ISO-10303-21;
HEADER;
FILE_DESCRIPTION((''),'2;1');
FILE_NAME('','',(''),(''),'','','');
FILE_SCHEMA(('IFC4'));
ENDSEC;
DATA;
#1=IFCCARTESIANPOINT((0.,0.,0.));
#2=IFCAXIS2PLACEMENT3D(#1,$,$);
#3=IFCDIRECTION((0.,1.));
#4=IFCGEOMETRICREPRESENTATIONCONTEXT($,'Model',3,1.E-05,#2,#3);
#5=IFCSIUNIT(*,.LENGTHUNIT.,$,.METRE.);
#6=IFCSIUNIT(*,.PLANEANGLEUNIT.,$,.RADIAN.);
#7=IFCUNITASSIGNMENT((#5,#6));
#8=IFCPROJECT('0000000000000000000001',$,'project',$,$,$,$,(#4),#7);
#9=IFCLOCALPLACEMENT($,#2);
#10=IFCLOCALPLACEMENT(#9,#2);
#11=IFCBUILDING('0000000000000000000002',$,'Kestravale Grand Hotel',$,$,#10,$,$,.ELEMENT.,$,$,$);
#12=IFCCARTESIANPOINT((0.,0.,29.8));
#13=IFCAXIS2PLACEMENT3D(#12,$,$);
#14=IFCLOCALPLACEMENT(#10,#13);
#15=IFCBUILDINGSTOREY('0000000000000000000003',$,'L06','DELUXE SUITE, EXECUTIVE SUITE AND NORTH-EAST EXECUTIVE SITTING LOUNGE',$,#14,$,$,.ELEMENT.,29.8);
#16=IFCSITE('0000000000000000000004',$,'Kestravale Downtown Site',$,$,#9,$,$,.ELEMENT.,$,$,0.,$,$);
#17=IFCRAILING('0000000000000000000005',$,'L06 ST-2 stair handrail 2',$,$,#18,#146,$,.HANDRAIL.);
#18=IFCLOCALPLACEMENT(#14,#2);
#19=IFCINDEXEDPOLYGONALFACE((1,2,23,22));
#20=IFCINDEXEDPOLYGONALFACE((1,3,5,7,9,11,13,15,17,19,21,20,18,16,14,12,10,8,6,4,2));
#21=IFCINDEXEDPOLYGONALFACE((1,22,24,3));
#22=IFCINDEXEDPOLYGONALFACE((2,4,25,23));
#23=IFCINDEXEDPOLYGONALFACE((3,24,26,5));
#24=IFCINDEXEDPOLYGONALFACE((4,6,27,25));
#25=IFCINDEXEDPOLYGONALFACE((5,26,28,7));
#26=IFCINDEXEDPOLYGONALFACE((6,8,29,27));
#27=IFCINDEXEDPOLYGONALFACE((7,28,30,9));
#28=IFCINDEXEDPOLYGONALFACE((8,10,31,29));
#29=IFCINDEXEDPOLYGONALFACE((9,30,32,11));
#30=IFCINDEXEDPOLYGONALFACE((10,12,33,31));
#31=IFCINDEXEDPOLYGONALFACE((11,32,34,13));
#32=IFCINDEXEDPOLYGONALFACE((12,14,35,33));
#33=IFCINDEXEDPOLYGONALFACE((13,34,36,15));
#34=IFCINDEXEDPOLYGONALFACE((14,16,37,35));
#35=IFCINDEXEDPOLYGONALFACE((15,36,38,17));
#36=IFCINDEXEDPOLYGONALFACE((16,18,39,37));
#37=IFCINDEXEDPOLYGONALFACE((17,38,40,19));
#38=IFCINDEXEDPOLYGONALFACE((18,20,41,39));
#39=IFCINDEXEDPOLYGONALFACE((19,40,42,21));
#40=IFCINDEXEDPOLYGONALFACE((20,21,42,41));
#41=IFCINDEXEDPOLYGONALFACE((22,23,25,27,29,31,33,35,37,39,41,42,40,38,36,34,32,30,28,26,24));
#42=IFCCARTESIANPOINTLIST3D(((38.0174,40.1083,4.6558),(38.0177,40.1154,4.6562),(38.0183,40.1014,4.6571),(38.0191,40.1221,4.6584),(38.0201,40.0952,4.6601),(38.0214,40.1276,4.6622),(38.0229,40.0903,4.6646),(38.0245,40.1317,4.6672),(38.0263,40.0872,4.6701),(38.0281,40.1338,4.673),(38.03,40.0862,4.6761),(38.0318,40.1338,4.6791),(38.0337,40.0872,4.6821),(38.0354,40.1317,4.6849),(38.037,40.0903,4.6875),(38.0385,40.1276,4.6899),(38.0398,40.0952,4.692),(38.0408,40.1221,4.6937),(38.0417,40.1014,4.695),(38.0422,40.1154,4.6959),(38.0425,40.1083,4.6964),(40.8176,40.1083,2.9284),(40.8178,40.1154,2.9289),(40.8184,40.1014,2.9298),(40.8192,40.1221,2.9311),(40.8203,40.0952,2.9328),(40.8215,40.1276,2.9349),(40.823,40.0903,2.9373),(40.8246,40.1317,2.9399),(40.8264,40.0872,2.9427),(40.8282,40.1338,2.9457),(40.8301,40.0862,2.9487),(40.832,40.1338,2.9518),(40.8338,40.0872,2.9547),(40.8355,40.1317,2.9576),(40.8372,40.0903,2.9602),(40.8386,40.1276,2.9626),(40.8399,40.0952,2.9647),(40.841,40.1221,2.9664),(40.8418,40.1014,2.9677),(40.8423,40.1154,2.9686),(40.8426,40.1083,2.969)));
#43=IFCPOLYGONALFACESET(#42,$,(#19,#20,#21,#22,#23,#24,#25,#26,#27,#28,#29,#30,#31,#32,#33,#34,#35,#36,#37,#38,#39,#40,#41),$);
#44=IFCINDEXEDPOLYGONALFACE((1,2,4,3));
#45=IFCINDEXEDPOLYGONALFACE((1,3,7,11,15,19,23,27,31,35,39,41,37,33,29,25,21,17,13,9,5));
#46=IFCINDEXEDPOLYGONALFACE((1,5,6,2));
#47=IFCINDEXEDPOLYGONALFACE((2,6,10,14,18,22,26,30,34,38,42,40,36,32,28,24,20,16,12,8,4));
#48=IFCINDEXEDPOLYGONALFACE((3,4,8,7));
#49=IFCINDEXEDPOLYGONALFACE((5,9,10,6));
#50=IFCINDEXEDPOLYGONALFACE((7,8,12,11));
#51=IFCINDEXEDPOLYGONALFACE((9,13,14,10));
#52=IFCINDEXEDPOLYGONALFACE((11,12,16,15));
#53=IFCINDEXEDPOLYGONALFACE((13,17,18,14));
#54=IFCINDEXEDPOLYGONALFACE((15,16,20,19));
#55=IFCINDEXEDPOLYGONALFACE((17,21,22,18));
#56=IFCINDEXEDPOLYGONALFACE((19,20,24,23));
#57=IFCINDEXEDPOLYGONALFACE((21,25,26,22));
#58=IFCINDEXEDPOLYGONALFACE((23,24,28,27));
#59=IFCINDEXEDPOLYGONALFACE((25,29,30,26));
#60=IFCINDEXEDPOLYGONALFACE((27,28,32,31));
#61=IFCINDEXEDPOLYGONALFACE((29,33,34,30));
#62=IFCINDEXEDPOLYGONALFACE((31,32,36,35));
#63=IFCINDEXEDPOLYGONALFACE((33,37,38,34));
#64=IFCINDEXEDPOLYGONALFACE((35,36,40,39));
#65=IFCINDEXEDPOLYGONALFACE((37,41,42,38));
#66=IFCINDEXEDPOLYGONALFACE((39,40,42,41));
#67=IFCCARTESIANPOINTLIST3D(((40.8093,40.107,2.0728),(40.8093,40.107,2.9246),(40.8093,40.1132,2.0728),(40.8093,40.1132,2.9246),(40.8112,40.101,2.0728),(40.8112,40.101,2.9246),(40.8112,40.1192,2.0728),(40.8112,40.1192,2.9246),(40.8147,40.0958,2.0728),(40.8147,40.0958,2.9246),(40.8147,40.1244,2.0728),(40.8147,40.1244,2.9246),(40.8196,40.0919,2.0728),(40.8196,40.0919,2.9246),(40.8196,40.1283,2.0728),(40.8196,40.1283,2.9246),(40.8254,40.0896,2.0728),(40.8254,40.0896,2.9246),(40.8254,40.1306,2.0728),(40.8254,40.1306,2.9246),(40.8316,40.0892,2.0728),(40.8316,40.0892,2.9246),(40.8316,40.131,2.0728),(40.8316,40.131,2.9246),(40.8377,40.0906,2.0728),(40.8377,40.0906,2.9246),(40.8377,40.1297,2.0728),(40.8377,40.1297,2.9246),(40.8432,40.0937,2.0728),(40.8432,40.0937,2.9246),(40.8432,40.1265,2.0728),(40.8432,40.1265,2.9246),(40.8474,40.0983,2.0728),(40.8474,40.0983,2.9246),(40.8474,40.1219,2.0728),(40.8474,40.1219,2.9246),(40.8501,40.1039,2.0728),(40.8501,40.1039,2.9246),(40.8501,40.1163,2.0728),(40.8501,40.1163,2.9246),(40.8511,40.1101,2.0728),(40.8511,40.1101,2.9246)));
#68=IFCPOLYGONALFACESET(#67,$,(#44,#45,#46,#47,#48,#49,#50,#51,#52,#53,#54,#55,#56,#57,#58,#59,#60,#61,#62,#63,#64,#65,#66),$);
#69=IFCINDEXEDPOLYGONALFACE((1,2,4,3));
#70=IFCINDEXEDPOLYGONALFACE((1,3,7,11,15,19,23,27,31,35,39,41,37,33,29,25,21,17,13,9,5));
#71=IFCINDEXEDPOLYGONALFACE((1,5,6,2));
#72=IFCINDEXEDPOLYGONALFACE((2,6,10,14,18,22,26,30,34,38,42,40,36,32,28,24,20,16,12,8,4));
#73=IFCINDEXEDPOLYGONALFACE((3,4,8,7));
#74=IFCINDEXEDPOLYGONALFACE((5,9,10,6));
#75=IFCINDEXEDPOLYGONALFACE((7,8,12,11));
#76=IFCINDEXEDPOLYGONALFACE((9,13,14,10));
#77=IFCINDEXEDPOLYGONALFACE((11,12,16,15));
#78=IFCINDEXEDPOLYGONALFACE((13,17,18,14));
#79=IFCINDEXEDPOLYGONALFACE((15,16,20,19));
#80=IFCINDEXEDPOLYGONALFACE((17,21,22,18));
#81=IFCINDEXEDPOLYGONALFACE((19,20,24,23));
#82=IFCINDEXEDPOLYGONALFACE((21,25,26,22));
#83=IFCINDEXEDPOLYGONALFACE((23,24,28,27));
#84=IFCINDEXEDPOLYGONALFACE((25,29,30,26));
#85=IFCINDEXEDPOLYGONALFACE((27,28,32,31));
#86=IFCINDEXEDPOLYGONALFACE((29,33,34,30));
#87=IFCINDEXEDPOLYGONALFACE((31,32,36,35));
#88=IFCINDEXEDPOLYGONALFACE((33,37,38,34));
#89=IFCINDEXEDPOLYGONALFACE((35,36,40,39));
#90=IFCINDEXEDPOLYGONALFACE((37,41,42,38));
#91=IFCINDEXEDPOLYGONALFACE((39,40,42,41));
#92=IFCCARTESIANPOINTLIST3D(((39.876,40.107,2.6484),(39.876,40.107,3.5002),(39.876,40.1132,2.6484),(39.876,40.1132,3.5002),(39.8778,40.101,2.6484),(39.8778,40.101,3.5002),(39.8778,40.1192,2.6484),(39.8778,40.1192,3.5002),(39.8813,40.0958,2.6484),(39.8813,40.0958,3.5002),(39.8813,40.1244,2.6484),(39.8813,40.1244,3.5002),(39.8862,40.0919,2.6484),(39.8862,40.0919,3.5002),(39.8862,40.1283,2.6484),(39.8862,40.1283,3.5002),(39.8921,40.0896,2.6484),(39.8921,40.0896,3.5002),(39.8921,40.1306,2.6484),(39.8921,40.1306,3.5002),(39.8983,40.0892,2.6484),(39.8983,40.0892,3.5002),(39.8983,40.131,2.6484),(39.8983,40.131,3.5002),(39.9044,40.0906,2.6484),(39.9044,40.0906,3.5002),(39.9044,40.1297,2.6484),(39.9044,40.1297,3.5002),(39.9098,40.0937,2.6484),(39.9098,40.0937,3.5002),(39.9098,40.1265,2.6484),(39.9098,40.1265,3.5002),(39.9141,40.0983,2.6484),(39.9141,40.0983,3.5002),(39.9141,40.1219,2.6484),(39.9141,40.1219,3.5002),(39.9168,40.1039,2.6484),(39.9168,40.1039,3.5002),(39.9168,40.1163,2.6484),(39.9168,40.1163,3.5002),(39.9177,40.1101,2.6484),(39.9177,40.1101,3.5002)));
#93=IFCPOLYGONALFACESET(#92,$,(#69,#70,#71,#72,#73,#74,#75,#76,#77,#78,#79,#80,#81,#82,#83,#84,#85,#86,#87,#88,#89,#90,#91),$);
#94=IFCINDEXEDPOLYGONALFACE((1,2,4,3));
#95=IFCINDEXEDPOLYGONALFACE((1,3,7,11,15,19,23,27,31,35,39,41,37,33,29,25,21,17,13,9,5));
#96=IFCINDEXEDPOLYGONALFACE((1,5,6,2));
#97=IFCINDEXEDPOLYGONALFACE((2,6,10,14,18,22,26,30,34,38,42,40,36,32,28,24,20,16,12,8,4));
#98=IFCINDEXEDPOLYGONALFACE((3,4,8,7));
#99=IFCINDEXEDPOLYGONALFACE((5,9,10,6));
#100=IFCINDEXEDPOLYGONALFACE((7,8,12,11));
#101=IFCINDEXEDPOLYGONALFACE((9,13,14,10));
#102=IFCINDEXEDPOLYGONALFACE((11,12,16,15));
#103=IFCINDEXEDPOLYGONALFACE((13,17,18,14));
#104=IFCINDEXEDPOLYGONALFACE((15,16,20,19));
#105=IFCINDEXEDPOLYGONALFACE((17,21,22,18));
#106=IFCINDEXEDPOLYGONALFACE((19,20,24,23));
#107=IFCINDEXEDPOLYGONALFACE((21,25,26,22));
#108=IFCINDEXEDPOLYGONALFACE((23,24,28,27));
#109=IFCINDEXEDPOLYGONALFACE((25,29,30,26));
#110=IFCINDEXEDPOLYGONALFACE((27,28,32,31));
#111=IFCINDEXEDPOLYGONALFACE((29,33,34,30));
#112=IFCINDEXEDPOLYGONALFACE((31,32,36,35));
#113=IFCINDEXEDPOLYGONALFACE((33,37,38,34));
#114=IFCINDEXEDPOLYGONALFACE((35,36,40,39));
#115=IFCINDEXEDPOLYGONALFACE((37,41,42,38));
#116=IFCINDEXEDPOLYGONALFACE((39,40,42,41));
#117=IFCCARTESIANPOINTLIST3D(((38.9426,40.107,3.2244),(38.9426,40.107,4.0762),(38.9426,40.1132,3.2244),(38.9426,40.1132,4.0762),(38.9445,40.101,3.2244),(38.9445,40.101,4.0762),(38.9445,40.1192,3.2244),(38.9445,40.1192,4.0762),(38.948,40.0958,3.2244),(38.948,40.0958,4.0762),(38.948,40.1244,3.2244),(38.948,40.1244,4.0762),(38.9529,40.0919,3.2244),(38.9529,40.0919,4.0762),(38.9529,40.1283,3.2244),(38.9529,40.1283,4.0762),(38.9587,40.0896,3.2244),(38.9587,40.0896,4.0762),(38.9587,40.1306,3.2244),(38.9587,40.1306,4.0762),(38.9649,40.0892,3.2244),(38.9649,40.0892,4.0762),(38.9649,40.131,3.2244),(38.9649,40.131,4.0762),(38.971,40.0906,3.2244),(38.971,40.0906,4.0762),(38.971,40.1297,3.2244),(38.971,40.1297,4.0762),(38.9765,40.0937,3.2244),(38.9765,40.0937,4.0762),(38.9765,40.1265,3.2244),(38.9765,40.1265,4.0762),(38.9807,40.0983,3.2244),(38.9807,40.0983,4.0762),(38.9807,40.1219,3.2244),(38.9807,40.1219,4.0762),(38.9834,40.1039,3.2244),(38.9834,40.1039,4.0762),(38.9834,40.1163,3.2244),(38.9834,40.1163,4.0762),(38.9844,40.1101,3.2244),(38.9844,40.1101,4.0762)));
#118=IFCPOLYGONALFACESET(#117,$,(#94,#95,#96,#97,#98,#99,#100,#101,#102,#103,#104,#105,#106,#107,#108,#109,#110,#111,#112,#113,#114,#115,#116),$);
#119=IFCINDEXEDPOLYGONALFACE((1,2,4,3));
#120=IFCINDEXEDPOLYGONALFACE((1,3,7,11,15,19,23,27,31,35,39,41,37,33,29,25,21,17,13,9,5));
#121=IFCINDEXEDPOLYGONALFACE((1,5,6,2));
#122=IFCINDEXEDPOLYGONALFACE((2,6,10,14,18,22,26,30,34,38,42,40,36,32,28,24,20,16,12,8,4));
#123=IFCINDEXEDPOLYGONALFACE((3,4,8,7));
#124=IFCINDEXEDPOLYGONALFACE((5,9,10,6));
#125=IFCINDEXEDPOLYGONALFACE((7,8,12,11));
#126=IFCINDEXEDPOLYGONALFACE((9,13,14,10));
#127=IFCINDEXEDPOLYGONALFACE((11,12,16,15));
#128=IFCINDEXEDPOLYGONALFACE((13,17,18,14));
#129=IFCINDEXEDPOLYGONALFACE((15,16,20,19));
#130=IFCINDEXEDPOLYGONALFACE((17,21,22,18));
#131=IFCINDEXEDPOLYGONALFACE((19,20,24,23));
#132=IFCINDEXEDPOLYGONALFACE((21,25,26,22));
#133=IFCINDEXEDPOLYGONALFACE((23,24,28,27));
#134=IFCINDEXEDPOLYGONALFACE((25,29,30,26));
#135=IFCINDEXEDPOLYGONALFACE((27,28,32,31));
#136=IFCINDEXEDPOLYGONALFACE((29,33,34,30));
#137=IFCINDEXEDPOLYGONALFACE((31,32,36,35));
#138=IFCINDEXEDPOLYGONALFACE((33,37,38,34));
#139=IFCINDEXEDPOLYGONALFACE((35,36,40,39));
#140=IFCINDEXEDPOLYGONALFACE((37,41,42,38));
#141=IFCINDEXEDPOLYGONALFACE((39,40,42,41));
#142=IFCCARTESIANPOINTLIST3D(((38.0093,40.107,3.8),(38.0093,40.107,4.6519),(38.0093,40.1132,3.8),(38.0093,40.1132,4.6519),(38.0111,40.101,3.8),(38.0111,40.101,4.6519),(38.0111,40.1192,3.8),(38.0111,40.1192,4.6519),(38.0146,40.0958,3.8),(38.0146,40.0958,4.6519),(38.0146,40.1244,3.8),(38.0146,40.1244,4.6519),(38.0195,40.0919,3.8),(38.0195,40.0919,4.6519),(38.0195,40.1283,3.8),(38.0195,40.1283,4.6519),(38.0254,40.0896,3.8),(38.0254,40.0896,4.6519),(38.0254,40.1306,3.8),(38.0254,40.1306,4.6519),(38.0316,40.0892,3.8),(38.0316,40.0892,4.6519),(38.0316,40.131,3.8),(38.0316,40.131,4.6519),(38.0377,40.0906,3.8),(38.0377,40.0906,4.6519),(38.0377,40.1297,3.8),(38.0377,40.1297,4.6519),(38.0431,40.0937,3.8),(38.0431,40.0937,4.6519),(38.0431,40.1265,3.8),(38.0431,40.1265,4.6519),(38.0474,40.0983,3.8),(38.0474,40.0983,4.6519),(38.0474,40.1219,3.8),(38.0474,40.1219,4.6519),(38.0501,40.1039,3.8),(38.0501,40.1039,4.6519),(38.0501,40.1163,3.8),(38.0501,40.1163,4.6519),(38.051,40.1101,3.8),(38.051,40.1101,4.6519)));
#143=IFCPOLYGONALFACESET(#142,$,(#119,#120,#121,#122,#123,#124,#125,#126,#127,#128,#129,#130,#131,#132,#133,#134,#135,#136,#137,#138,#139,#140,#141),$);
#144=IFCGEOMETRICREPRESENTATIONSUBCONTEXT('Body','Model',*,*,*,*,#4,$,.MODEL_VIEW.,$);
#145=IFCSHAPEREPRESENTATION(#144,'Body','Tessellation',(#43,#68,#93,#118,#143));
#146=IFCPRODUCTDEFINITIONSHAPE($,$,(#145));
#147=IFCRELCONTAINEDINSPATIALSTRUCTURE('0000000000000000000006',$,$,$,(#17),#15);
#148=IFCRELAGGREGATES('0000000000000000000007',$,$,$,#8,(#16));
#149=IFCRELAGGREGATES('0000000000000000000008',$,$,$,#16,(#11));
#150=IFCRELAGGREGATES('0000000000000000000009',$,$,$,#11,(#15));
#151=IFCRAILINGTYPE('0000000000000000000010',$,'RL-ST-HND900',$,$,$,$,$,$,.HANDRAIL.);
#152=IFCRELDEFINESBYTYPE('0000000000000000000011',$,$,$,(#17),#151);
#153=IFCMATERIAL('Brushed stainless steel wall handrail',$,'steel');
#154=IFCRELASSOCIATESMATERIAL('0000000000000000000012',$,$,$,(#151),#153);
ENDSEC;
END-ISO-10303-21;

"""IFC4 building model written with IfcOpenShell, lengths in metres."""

from ifc_helpers import new_model, si_unit, direction, frame, origin, origin_2d, place, context, subcontext, project, spatial, circle, extrude, material, type_object, element, save


model = new_model("IFC4")

# Units and contexts
model_context = context("Model", 3, precision=1e-05, world=origin(), true_north=direction((0.0, 1.0)))
body_context = subcontext(model_context, "Body", "Model", "MODEL_VIEW")
ifc_project = project(units=[si_unit("LENGTHUNIT", "METRE"), si_unit("PLANEANGLEUNIT", "RADIAN")], contexts=[model_context])

# Site, building, storey
site_placement = place(None, origin())
site = spatial("IfcSite", under=ifc_project, at=site_placement, Name="Kestravale Downtown Site", CompositionType="ELEMENT", RefElevation=0.0)
building_placement = place(site_placement, origin())
building = spatial("IfcBuilding", under=site, at=building_placement, Name="Kestravale Grand Hotel", CompositionType="ELEMENT")
storey_placement = place(building_placement, frame((0.0, 0.0, 29.8)))
storey = spatial("IfcBuildingStorey", under=building, at=storey_placement, Name="L06", Description="DELUXE SUITE, EXECUTIVE SUITE AND NORTH-EAST EXECUTIVE SITTING LOUNGE", CompositionType="ELEMENT", Elevation=29.8)

# Railing
ifc_material_1 = material(Name="Brushed stainless steel wall handrail", Category="steel")
railing_type_1 = type_object("IfcRailingType", Name="RL-ST-HND900", PredefinedType="HANDRAIL", material=ifc_material_1)
railing_1_placement = place(storey_placement, frame((40.8301, 40.1101, 2.0728)))
element("IfcRailing", 1, at=railing_1_placement, inside=storey, type_object=railing_type_1, Name="L06 ST-2 stair handrail 2", PredefinedType="HANDRAIL", context=body_context, shape_type="SweptSolid", body=[
    extrude(circle(Radius=0.0239, at=origin_2d()), frame((0.0, 0.0, 0.876), z_axis=(-0.85109, 0.0, 0.52502), x_axis=(0.0, -1.0, 0.0)), (0.0, 0.0, 1.0), 3.29),
    extrude(circle(Radius=0.021, at=origin_2d()), origin(), (0.0, 0.0, 1.0), 0.8518),
    extrude(circle(Radius=0.021, at=origin_2d()), frame((-0.9333, 0.0, 0.5757)), (0.0, 0.0, 1.0), 0.8518),
    extrude(circle(Radius=0.021, at=origin_2d()), frame((-1.8667, 0.0, 1.1516)), (0.0, 0.0, 1.0), 0.8518),
    extrude(circle(Radius=0.021, at=origin_2d()), frame((-2.8, 0.0, 1.7273)), (0.0, 0.0, 1.0), 0.8518),
])

save(model, "model.ifc")
